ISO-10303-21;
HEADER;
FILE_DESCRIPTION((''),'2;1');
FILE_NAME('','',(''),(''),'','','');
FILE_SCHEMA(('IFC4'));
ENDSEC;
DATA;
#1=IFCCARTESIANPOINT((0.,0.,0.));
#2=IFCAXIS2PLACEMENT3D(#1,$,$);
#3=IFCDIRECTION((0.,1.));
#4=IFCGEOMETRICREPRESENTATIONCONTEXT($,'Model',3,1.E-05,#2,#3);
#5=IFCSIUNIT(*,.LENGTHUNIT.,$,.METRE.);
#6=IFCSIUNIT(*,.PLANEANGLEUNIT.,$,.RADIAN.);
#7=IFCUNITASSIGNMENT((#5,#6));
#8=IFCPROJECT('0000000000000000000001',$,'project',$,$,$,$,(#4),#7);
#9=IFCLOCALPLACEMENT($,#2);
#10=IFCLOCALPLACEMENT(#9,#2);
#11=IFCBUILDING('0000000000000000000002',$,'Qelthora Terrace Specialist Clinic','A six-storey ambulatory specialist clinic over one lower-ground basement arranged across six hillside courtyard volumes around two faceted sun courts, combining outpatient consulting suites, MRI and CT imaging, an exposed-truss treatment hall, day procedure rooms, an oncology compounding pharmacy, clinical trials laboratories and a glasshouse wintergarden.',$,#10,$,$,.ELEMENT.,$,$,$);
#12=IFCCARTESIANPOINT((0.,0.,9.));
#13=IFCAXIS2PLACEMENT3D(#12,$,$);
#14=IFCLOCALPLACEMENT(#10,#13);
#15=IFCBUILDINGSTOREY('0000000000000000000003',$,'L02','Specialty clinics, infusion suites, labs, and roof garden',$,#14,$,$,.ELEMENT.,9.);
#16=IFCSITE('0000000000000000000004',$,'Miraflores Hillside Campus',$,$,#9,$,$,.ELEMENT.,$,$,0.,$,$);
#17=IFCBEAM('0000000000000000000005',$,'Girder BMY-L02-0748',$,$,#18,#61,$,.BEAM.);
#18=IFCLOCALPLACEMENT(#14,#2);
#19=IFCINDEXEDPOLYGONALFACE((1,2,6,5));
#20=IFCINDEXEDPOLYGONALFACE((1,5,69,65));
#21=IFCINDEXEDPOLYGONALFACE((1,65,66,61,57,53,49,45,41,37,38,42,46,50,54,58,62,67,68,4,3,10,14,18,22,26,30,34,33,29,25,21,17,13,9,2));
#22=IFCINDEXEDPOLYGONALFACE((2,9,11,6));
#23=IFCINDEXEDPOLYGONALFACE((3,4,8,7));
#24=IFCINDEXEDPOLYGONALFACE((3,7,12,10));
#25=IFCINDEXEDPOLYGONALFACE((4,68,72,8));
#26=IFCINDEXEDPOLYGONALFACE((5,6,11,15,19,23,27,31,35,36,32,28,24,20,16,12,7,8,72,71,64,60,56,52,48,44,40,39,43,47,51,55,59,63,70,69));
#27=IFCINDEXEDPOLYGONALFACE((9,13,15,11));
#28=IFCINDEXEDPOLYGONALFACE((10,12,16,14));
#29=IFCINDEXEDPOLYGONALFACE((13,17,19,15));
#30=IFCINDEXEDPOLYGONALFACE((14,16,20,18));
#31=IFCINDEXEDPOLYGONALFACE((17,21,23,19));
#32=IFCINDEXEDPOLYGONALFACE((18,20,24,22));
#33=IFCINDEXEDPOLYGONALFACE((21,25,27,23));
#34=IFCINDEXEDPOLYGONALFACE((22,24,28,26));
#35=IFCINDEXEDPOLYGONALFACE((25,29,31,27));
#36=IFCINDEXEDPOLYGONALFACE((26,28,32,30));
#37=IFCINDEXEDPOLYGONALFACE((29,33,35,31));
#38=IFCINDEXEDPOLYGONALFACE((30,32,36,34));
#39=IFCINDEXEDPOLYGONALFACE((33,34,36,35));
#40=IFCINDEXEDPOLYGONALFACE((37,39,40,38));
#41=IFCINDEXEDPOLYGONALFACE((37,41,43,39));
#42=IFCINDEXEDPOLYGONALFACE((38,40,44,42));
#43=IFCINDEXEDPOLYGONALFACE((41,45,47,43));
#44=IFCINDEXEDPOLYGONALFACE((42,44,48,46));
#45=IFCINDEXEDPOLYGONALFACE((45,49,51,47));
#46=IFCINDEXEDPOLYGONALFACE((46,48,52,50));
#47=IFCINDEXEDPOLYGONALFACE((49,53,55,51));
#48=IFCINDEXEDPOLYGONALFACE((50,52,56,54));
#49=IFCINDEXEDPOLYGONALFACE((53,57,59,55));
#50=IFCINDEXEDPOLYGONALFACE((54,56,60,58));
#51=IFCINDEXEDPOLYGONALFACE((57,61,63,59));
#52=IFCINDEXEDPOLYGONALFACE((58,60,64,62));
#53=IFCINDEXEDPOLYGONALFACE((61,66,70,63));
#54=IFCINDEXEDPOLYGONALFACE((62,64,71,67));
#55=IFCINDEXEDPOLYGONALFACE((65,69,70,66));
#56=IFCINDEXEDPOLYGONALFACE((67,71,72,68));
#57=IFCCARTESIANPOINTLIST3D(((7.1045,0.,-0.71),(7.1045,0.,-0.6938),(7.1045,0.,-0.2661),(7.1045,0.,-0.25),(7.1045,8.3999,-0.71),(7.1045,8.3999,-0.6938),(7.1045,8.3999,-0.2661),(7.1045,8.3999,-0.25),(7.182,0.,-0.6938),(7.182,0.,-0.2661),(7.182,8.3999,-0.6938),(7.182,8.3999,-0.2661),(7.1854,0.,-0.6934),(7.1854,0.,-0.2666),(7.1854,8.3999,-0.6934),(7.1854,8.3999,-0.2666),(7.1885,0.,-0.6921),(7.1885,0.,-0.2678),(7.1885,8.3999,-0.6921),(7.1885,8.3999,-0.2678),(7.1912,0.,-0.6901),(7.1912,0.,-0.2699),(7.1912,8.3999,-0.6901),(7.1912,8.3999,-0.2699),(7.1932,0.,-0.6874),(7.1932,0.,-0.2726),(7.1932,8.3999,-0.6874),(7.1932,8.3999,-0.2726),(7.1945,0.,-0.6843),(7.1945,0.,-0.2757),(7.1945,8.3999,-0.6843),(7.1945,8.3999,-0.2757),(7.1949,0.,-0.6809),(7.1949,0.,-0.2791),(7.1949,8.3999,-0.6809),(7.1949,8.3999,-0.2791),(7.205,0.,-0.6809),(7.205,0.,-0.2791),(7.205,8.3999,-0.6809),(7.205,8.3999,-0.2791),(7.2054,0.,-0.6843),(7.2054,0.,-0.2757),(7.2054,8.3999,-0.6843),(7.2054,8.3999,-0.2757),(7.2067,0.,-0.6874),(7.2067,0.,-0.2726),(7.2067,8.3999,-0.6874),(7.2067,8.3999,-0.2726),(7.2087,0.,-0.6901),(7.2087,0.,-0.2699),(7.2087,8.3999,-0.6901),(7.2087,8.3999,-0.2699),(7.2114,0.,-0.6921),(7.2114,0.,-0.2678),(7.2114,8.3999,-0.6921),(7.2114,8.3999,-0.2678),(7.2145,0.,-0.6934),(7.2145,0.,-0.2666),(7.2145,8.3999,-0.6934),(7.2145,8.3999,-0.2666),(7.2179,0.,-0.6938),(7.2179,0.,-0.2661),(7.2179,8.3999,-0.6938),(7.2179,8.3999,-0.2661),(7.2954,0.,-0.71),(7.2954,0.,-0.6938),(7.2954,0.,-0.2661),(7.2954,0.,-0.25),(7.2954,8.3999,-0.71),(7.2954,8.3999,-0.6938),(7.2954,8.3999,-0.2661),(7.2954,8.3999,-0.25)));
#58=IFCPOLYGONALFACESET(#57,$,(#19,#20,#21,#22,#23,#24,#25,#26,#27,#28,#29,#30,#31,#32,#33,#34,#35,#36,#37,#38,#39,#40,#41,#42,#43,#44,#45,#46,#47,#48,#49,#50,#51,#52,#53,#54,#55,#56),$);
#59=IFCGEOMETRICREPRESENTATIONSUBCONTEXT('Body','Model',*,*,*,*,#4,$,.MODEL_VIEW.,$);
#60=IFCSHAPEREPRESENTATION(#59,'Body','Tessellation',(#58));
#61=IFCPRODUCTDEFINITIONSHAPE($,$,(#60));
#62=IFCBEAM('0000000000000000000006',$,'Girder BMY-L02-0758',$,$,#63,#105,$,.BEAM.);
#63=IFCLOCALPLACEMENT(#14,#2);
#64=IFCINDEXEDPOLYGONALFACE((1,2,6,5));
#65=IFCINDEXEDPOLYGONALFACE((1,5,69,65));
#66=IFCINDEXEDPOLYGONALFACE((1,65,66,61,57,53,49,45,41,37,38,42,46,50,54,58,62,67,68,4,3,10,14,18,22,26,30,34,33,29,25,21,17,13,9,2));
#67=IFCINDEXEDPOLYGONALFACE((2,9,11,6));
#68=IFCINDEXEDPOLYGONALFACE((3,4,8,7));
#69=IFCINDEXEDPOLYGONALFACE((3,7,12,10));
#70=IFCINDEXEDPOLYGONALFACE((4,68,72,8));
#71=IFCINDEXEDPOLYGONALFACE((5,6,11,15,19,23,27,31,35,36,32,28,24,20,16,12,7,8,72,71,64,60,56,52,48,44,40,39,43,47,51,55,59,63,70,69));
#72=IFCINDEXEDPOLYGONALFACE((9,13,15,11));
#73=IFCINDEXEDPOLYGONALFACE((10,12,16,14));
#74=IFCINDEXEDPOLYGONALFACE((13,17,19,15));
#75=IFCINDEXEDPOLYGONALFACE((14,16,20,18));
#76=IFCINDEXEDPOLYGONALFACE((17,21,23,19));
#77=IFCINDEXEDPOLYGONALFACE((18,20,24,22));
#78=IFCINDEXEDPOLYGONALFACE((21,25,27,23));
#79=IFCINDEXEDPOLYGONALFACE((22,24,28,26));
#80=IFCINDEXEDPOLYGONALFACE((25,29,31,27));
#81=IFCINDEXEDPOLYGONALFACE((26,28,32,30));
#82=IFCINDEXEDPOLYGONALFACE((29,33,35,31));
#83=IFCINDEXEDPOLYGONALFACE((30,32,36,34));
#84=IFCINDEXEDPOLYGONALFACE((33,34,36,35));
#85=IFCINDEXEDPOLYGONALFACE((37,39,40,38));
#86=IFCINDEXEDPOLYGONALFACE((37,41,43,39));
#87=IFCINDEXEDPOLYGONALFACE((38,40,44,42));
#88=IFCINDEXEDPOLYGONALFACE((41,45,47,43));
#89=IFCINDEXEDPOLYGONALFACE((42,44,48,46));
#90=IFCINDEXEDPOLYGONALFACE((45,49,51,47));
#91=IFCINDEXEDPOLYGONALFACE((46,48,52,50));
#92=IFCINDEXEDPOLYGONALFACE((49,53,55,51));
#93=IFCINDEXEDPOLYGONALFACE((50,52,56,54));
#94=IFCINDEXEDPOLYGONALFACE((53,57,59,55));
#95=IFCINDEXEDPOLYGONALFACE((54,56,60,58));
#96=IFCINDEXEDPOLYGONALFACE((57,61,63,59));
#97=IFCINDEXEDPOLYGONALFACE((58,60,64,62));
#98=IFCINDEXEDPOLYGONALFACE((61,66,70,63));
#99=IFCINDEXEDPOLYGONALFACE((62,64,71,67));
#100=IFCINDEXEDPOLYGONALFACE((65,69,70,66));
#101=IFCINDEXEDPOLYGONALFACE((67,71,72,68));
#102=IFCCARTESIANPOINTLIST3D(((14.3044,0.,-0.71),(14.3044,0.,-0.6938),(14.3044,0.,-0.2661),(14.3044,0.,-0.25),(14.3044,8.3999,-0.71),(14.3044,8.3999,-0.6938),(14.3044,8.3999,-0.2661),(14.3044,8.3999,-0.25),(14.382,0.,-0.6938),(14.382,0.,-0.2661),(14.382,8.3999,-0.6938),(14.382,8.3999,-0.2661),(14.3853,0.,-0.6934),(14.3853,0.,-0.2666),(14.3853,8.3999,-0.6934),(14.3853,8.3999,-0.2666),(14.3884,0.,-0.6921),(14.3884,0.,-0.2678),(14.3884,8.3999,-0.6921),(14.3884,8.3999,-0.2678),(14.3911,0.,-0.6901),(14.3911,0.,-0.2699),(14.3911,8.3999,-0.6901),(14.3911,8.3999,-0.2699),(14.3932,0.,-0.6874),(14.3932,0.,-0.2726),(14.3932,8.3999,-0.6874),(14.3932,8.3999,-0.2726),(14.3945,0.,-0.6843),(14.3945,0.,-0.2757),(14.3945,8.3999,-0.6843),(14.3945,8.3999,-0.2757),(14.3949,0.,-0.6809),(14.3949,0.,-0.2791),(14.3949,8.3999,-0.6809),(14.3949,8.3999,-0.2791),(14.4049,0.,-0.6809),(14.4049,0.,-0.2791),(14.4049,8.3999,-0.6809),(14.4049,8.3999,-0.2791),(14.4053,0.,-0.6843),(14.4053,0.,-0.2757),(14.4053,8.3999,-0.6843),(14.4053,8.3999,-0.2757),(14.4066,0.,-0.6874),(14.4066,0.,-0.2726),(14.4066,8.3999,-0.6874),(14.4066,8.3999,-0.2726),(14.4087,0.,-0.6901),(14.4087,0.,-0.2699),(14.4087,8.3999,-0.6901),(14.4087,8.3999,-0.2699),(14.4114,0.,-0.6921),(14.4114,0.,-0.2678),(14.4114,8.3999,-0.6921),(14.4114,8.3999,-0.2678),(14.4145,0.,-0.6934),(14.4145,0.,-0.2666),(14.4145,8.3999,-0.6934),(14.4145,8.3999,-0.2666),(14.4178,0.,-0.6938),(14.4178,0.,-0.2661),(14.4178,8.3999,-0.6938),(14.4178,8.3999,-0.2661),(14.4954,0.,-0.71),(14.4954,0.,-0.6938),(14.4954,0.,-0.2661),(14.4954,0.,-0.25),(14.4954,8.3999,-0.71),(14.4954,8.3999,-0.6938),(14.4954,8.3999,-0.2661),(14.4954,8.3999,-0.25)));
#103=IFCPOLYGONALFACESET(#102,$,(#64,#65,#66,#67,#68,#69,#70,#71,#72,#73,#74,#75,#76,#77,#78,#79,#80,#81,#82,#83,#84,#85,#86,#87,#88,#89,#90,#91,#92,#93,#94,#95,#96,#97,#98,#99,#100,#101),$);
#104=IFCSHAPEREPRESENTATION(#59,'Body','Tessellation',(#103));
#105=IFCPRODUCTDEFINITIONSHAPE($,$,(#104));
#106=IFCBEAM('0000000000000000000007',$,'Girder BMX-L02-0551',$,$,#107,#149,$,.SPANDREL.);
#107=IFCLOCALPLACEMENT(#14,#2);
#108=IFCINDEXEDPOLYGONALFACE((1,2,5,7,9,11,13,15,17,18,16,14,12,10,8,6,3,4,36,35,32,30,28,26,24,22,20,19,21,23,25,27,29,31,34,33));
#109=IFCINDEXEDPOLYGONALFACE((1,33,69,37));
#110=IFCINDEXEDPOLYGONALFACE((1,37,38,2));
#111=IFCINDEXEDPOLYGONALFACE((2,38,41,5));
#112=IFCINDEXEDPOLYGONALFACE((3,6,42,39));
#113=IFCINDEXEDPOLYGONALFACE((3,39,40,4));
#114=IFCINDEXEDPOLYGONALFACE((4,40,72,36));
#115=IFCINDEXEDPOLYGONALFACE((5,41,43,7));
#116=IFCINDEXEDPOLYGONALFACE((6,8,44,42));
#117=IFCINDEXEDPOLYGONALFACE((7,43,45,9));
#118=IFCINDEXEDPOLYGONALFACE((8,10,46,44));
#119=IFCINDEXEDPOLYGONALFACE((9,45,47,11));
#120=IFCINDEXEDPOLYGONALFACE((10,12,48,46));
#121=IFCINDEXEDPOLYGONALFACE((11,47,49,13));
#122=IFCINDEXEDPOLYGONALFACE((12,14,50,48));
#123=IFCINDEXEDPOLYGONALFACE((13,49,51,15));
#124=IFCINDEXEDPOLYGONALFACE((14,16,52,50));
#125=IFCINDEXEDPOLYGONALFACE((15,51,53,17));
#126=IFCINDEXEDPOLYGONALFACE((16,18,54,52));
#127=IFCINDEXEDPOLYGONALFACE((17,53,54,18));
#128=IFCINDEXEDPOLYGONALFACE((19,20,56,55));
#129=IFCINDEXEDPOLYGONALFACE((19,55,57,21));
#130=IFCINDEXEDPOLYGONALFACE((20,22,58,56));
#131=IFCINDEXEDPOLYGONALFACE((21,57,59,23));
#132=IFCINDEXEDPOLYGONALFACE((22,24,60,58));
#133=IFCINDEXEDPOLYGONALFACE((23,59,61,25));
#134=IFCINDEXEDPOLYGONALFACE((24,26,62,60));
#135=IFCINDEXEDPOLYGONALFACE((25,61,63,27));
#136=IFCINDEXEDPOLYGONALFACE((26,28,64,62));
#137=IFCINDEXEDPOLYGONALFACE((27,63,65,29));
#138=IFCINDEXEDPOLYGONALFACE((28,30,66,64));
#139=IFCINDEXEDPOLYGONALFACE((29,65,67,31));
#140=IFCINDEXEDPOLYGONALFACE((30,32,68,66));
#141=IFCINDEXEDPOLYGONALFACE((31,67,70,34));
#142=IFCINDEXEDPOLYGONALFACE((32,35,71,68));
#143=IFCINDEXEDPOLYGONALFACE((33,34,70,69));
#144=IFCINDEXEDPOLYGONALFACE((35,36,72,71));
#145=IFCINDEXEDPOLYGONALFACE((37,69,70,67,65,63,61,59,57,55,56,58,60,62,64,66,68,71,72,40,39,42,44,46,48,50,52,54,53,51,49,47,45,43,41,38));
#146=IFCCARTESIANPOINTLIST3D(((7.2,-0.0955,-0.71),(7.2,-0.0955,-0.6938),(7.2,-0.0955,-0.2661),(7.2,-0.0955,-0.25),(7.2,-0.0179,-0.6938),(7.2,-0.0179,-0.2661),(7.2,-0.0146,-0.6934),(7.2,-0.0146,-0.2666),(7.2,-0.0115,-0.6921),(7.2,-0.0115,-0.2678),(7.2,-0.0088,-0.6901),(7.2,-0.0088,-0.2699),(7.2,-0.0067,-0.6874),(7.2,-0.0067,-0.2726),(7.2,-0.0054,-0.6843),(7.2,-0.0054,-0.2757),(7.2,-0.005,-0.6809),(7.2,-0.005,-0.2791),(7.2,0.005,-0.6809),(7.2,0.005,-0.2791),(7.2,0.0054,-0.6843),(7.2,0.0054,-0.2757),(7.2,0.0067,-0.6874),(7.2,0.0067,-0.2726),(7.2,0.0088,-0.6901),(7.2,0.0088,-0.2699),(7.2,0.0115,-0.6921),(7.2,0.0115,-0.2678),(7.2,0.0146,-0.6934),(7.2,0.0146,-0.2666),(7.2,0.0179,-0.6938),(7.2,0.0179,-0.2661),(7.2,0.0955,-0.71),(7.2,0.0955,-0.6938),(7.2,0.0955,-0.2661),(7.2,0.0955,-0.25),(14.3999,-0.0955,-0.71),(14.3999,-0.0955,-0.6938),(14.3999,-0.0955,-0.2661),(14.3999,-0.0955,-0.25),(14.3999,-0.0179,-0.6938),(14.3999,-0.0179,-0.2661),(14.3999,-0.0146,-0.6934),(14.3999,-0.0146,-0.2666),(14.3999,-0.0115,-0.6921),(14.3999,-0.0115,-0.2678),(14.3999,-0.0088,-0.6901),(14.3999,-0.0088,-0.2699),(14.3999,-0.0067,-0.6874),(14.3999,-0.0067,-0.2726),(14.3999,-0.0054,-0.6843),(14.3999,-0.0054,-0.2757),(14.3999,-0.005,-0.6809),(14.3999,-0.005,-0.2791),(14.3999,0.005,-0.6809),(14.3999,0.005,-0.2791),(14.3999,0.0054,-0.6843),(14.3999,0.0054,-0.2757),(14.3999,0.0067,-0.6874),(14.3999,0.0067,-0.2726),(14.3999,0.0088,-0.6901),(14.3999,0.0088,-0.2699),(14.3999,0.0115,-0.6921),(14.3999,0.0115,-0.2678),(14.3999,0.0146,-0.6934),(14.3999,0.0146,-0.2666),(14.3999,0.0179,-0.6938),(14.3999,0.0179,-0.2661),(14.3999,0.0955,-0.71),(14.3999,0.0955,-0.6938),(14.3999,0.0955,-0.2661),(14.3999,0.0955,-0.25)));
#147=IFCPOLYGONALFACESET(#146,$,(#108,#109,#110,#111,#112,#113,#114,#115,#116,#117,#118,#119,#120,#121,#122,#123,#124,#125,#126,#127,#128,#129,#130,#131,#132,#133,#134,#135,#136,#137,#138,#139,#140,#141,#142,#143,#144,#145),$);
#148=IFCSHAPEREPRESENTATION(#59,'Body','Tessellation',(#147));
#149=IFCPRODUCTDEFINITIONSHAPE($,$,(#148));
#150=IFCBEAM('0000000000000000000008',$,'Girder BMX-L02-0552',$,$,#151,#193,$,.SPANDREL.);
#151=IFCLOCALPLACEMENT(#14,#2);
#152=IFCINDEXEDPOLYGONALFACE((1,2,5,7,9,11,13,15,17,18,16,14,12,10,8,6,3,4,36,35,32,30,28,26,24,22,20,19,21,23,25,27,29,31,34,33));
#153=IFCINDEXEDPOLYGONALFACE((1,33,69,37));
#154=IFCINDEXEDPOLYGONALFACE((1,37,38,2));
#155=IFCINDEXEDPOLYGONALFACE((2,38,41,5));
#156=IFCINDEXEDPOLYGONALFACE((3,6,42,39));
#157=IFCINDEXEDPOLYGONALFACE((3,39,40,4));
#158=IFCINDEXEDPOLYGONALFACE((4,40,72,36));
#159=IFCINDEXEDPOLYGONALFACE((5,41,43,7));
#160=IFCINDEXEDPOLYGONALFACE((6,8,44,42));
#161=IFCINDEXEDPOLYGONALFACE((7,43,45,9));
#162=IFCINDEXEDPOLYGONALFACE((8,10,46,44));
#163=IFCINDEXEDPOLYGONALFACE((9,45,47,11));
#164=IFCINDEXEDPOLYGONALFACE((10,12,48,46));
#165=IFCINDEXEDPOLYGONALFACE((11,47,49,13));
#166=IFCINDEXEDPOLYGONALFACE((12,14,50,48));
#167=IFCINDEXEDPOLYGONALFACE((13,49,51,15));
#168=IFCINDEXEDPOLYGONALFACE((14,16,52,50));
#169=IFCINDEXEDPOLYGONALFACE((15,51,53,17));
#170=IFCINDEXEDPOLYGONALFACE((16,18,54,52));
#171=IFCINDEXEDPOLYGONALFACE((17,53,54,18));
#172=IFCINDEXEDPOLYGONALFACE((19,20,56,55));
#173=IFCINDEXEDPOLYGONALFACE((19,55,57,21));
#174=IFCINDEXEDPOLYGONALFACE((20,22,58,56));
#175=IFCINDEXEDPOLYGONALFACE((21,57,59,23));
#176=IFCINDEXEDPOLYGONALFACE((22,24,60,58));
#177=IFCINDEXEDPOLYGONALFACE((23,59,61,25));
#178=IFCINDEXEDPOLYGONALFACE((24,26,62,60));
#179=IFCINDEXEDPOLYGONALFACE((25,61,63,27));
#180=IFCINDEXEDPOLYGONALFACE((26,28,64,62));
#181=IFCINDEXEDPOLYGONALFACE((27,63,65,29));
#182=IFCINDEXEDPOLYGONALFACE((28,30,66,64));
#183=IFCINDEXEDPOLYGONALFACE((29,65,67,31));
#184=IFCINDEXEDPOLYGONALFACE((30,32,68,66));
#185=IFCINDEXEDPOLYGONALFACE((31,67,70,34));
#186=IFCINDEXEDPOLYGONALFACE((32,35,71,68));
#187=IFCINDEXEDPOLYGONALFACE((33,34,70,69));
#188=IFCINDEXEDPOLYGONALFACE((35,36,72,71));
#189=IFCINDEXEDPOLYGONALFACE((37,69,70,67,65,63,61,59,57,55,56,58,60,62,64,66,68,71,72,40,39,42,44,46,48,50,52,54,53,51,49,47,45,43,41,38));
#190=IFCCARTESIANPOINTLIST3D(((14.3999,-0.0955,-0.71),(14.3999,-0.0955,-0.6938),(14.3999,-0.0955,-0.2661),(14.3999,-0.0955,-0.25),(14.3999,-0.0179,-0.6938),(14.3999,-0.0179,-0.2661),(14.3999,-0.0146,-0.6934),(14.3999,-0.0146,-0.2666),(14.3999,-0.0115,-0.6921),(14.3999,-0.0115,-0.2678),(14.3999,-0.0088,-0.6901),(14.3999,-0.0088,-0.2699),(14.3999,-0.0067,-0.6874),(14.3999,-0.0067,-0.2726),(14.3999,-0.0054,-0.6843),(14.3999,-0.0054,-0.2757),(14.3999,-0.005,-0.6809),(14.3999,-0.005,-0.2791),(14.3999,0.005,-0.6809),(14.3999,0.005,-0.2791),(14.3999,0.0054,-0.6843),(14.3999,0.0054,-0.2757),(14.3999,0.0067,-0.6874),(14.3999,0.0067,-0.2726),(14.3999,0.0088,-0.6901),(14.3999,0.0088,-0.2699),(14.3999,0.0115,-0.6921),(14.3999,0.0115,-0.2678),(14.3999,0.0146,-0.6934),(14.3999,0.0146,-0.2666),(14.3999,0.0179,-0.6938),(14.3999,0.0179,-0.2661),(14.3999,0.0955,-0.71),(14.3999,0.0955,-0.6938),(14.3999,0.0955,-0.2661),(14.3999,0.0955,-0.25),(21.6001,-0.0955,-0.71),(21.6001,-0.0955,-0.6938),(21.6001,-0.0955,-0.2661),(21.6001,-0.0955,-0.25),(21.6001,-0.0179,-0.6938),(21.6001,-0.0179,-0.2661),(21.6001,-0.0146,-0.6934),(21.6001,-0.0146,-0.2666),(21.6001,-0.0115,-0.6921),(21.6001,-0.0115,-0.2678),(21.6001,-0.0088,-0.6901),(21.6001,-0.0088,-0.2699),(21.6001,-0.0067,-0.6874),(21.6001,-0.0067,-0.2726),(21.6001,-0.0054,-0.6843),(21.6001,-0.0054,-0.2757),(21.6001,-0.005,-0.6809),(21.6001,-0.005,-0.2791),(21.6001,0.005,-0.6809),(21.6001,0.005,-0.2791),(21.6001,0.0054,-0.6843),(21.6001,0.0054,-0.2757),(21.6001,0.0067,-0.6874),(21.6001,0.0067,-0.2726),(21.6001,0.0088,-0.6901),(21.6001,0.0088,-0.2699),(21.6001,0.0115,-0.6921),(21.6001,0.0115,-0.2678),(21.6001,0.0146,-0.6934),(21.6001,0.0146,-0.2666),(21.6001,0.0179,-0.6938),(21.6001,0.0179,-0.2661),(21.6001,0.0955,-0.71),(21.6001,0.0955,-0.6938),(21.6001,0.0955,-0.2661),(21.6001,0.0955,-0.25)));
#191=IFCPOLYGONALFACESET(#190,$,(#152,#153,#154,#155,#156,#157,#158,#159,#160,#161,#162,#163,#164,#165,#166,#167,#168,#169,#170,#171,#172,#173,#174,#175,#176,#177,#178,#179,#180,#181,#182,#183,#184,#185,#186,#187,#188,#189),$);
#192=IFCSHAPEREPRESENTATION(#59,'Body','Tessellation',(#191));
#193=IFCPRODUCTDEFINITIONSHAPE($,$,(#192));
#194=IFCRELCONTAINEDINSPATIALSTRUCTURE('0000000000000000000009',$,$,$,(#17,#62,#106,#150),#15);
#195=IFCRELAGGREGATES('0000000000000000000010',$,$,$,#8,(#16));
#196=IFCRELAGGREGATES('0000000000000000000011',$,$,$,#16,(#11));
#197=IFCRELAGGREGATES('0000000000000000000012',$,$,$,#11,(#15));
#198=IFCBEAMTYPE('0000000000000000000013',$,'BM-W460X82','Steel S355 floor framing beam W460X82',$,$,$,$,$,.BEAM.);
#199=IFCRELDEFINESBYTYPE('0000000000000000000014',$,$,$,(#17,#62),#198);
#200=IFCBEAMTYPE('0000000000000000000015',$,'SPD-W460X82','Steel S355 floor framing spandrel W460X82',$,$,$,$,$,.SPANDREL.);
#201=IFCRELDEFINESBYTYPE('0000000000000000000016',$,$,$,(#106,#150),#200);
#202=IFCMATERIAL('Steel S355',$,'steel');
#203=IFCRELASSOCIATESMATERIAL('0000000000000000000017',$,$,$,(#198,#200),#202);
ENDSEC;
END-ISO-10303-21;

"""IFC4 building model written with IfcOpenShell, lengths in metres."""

from ifc_helpers import new_model, si_unit, direction, frame, origin, origin_2d, place, context, subcontext, project, spatial, i_section, extrude, material, material_profile, profile_set, type_object, element, save


model = new_model("IFC4")

# Units and contexts
model_context = context("Model", 3, precision=1e-05, world=origin(), true_north=direction((0.0, 1.0)))
body_context = subcontext(model_context, "Body", "Model", "MODEL_VIEW")
ifc_project = project(units=[si_unit("LENGTHUNIT", "METRE"), si_unit("PLANEANGLEUNIT", "RADIAN")], contexts=[model_context])

# Site, building, storey
site_placement = place(None, origin())
site = spatial("IfcSite", under=ifc_project, at=site_placement, Name="Miraflores Hillside Campus", CompositionType="ELEMENT", RefElevation=0.0)
building_placement = place(site_placement, origin())
building = spatial("IfcBuilding", under=site, at=building_placement, Name="Qelthora Terrace Specialist Clinic", Description="A six-storey ambulatory specialist clinic over one lower-ground basement arranged across six hillside courtyard volumes around two faceted sun courts, combining outpatient consulting suites, MRI and CT imaging, an exposed-truss treatment hall, day procedure rooms, an oncology compounding pharmacy, clinical trials laboratories and a glasshouse wintergarden.", CompositionType="ELEMENT")
storey_placement = place(building_placement, frame((0.0, 0.0, 9.0)))
storey = spatial("IfcBuildingStorey", under=building, at=storey_placement, Name="L02", Description="Specialty clinics, infusion suites, labs, and roof garden", CompositionType="ELEMENT", Elevation=9.0)

# Beams
ifc_material_1 = material(Name="Steel S355", Category="steel")
ifc_material_profile_1 = material_profile(ifc_material_1, i_section(OverallWidth=0.1909, OverallDepth=0.46, WebThickness=0.01, FlangeThickness=0.0161, FilletRadius=0.0129, at=origin_2d()), Name="W460X82")
ifc_profile_set_1 = profile_set([ifc_material_profile_1], Name="Steel S355")
beam_type_1 = type_object("IfcBeamType", Name="BM-W460X82", Description="Steel S355 floor framing beam W460X82", PredefinedType="BEAM", material=ifc_profile_set_1)
for number, where, z_axis, x_axis, name in (
    (1, (7.2, 0.0, -0.48), (0.0, 1.0, 0.0), (-1.0, 0.0, 0.0), "Girder BMY-L02-0748"),
    (2, (14.3999, 0.0, -0.48), (0.0, 1.0, 0.0), (-1.0, 0.0, 0.0), "Girder BMY-L02-0758"),
):
    element("IfcBeam", number, at=place(storey_placement, frame(where, z_axis=z_axis, x_axis=x_axis)), inside=storey, type_object=beam_type_1, Name=name, PredefinedType="BEAM", context=body_context, shape_type="SweptSolid", body=[
        extrude(i_section(OverallWidth=0.1909, OverallDepth=0.46, WebThickness=0.01, FlangeThickness=0.0161, FilletRadius=0.0129, at=origin_2d()), origin(), (0.0, 0.0, 1.0), 8.3999),
    ])
ifc_material_profile_2 = material_profile(ifc_material_1, i_section(OverallWidth=0.1909, OverallDepth=0.46, WebThickness=0.01, FlangeThickness=0.0161, FilletRadius=0.0129, at=origin_2d()), Name="W460X82")
ifc_profile_set_2 = profile_set([ifc_material_profile_2], Name="Steel S355")
beam_type_2 = type_object("IfcBeamType", Name="SPD-W460X82", Description="Steel S355 floor framing spandrel W460X82", PredefinedType="SPANDREL", material=ifc_profile_set_2)
beam_1_placement = place(storey_placement, frame((7.2, 0.0, -0.48), z_axis=(1.0, 0.0, 0.0), x_axis=(0.0, 1.0, 0.0)))
element("IfcBeam", 3, at=beam_1_placement, inside=storey, type_object=beam_type_2, Name="Girder BMX-L02-0551", PredefinedType="SPANDREL", context=body_context, shape_type="SweptSolid", body=[
    extrude(i_section(OverallWidth=0.1909, OverallDepth=0.46, WebThickness=0.01, FlangeThickness=0.0161, FilletRadius=0.0129, at=origin_2d()), origin(), (0.0, 0.0, 1.0), 7.2),
])
beam_2_placement = place(storey_placement, frame((14.3999, 0.0, -0.48), z_axis=(1.0, 0.0, 0.0), x_axis=(0.0, 1.0, 0.0)))
element("IfcBeam", 4, at=beam_2_placement, inside=storey, type_object=beam_type_2, Name="Girder BMX-L02-0552", PredefinedType="SPANDREL", context=body_context, shape_type="SweptSolid", body=[
    extrude(i_section(OverallWidth=0.1909, OverallDepth=0.46, WebThickness=0.01, FlangeThickness=0.0161, FilletRadius=0.0129, at=origin_2d()), origin(), (0.0, 0.0, 1.0), 7.2002),
])

save(model, "model.ifc")
